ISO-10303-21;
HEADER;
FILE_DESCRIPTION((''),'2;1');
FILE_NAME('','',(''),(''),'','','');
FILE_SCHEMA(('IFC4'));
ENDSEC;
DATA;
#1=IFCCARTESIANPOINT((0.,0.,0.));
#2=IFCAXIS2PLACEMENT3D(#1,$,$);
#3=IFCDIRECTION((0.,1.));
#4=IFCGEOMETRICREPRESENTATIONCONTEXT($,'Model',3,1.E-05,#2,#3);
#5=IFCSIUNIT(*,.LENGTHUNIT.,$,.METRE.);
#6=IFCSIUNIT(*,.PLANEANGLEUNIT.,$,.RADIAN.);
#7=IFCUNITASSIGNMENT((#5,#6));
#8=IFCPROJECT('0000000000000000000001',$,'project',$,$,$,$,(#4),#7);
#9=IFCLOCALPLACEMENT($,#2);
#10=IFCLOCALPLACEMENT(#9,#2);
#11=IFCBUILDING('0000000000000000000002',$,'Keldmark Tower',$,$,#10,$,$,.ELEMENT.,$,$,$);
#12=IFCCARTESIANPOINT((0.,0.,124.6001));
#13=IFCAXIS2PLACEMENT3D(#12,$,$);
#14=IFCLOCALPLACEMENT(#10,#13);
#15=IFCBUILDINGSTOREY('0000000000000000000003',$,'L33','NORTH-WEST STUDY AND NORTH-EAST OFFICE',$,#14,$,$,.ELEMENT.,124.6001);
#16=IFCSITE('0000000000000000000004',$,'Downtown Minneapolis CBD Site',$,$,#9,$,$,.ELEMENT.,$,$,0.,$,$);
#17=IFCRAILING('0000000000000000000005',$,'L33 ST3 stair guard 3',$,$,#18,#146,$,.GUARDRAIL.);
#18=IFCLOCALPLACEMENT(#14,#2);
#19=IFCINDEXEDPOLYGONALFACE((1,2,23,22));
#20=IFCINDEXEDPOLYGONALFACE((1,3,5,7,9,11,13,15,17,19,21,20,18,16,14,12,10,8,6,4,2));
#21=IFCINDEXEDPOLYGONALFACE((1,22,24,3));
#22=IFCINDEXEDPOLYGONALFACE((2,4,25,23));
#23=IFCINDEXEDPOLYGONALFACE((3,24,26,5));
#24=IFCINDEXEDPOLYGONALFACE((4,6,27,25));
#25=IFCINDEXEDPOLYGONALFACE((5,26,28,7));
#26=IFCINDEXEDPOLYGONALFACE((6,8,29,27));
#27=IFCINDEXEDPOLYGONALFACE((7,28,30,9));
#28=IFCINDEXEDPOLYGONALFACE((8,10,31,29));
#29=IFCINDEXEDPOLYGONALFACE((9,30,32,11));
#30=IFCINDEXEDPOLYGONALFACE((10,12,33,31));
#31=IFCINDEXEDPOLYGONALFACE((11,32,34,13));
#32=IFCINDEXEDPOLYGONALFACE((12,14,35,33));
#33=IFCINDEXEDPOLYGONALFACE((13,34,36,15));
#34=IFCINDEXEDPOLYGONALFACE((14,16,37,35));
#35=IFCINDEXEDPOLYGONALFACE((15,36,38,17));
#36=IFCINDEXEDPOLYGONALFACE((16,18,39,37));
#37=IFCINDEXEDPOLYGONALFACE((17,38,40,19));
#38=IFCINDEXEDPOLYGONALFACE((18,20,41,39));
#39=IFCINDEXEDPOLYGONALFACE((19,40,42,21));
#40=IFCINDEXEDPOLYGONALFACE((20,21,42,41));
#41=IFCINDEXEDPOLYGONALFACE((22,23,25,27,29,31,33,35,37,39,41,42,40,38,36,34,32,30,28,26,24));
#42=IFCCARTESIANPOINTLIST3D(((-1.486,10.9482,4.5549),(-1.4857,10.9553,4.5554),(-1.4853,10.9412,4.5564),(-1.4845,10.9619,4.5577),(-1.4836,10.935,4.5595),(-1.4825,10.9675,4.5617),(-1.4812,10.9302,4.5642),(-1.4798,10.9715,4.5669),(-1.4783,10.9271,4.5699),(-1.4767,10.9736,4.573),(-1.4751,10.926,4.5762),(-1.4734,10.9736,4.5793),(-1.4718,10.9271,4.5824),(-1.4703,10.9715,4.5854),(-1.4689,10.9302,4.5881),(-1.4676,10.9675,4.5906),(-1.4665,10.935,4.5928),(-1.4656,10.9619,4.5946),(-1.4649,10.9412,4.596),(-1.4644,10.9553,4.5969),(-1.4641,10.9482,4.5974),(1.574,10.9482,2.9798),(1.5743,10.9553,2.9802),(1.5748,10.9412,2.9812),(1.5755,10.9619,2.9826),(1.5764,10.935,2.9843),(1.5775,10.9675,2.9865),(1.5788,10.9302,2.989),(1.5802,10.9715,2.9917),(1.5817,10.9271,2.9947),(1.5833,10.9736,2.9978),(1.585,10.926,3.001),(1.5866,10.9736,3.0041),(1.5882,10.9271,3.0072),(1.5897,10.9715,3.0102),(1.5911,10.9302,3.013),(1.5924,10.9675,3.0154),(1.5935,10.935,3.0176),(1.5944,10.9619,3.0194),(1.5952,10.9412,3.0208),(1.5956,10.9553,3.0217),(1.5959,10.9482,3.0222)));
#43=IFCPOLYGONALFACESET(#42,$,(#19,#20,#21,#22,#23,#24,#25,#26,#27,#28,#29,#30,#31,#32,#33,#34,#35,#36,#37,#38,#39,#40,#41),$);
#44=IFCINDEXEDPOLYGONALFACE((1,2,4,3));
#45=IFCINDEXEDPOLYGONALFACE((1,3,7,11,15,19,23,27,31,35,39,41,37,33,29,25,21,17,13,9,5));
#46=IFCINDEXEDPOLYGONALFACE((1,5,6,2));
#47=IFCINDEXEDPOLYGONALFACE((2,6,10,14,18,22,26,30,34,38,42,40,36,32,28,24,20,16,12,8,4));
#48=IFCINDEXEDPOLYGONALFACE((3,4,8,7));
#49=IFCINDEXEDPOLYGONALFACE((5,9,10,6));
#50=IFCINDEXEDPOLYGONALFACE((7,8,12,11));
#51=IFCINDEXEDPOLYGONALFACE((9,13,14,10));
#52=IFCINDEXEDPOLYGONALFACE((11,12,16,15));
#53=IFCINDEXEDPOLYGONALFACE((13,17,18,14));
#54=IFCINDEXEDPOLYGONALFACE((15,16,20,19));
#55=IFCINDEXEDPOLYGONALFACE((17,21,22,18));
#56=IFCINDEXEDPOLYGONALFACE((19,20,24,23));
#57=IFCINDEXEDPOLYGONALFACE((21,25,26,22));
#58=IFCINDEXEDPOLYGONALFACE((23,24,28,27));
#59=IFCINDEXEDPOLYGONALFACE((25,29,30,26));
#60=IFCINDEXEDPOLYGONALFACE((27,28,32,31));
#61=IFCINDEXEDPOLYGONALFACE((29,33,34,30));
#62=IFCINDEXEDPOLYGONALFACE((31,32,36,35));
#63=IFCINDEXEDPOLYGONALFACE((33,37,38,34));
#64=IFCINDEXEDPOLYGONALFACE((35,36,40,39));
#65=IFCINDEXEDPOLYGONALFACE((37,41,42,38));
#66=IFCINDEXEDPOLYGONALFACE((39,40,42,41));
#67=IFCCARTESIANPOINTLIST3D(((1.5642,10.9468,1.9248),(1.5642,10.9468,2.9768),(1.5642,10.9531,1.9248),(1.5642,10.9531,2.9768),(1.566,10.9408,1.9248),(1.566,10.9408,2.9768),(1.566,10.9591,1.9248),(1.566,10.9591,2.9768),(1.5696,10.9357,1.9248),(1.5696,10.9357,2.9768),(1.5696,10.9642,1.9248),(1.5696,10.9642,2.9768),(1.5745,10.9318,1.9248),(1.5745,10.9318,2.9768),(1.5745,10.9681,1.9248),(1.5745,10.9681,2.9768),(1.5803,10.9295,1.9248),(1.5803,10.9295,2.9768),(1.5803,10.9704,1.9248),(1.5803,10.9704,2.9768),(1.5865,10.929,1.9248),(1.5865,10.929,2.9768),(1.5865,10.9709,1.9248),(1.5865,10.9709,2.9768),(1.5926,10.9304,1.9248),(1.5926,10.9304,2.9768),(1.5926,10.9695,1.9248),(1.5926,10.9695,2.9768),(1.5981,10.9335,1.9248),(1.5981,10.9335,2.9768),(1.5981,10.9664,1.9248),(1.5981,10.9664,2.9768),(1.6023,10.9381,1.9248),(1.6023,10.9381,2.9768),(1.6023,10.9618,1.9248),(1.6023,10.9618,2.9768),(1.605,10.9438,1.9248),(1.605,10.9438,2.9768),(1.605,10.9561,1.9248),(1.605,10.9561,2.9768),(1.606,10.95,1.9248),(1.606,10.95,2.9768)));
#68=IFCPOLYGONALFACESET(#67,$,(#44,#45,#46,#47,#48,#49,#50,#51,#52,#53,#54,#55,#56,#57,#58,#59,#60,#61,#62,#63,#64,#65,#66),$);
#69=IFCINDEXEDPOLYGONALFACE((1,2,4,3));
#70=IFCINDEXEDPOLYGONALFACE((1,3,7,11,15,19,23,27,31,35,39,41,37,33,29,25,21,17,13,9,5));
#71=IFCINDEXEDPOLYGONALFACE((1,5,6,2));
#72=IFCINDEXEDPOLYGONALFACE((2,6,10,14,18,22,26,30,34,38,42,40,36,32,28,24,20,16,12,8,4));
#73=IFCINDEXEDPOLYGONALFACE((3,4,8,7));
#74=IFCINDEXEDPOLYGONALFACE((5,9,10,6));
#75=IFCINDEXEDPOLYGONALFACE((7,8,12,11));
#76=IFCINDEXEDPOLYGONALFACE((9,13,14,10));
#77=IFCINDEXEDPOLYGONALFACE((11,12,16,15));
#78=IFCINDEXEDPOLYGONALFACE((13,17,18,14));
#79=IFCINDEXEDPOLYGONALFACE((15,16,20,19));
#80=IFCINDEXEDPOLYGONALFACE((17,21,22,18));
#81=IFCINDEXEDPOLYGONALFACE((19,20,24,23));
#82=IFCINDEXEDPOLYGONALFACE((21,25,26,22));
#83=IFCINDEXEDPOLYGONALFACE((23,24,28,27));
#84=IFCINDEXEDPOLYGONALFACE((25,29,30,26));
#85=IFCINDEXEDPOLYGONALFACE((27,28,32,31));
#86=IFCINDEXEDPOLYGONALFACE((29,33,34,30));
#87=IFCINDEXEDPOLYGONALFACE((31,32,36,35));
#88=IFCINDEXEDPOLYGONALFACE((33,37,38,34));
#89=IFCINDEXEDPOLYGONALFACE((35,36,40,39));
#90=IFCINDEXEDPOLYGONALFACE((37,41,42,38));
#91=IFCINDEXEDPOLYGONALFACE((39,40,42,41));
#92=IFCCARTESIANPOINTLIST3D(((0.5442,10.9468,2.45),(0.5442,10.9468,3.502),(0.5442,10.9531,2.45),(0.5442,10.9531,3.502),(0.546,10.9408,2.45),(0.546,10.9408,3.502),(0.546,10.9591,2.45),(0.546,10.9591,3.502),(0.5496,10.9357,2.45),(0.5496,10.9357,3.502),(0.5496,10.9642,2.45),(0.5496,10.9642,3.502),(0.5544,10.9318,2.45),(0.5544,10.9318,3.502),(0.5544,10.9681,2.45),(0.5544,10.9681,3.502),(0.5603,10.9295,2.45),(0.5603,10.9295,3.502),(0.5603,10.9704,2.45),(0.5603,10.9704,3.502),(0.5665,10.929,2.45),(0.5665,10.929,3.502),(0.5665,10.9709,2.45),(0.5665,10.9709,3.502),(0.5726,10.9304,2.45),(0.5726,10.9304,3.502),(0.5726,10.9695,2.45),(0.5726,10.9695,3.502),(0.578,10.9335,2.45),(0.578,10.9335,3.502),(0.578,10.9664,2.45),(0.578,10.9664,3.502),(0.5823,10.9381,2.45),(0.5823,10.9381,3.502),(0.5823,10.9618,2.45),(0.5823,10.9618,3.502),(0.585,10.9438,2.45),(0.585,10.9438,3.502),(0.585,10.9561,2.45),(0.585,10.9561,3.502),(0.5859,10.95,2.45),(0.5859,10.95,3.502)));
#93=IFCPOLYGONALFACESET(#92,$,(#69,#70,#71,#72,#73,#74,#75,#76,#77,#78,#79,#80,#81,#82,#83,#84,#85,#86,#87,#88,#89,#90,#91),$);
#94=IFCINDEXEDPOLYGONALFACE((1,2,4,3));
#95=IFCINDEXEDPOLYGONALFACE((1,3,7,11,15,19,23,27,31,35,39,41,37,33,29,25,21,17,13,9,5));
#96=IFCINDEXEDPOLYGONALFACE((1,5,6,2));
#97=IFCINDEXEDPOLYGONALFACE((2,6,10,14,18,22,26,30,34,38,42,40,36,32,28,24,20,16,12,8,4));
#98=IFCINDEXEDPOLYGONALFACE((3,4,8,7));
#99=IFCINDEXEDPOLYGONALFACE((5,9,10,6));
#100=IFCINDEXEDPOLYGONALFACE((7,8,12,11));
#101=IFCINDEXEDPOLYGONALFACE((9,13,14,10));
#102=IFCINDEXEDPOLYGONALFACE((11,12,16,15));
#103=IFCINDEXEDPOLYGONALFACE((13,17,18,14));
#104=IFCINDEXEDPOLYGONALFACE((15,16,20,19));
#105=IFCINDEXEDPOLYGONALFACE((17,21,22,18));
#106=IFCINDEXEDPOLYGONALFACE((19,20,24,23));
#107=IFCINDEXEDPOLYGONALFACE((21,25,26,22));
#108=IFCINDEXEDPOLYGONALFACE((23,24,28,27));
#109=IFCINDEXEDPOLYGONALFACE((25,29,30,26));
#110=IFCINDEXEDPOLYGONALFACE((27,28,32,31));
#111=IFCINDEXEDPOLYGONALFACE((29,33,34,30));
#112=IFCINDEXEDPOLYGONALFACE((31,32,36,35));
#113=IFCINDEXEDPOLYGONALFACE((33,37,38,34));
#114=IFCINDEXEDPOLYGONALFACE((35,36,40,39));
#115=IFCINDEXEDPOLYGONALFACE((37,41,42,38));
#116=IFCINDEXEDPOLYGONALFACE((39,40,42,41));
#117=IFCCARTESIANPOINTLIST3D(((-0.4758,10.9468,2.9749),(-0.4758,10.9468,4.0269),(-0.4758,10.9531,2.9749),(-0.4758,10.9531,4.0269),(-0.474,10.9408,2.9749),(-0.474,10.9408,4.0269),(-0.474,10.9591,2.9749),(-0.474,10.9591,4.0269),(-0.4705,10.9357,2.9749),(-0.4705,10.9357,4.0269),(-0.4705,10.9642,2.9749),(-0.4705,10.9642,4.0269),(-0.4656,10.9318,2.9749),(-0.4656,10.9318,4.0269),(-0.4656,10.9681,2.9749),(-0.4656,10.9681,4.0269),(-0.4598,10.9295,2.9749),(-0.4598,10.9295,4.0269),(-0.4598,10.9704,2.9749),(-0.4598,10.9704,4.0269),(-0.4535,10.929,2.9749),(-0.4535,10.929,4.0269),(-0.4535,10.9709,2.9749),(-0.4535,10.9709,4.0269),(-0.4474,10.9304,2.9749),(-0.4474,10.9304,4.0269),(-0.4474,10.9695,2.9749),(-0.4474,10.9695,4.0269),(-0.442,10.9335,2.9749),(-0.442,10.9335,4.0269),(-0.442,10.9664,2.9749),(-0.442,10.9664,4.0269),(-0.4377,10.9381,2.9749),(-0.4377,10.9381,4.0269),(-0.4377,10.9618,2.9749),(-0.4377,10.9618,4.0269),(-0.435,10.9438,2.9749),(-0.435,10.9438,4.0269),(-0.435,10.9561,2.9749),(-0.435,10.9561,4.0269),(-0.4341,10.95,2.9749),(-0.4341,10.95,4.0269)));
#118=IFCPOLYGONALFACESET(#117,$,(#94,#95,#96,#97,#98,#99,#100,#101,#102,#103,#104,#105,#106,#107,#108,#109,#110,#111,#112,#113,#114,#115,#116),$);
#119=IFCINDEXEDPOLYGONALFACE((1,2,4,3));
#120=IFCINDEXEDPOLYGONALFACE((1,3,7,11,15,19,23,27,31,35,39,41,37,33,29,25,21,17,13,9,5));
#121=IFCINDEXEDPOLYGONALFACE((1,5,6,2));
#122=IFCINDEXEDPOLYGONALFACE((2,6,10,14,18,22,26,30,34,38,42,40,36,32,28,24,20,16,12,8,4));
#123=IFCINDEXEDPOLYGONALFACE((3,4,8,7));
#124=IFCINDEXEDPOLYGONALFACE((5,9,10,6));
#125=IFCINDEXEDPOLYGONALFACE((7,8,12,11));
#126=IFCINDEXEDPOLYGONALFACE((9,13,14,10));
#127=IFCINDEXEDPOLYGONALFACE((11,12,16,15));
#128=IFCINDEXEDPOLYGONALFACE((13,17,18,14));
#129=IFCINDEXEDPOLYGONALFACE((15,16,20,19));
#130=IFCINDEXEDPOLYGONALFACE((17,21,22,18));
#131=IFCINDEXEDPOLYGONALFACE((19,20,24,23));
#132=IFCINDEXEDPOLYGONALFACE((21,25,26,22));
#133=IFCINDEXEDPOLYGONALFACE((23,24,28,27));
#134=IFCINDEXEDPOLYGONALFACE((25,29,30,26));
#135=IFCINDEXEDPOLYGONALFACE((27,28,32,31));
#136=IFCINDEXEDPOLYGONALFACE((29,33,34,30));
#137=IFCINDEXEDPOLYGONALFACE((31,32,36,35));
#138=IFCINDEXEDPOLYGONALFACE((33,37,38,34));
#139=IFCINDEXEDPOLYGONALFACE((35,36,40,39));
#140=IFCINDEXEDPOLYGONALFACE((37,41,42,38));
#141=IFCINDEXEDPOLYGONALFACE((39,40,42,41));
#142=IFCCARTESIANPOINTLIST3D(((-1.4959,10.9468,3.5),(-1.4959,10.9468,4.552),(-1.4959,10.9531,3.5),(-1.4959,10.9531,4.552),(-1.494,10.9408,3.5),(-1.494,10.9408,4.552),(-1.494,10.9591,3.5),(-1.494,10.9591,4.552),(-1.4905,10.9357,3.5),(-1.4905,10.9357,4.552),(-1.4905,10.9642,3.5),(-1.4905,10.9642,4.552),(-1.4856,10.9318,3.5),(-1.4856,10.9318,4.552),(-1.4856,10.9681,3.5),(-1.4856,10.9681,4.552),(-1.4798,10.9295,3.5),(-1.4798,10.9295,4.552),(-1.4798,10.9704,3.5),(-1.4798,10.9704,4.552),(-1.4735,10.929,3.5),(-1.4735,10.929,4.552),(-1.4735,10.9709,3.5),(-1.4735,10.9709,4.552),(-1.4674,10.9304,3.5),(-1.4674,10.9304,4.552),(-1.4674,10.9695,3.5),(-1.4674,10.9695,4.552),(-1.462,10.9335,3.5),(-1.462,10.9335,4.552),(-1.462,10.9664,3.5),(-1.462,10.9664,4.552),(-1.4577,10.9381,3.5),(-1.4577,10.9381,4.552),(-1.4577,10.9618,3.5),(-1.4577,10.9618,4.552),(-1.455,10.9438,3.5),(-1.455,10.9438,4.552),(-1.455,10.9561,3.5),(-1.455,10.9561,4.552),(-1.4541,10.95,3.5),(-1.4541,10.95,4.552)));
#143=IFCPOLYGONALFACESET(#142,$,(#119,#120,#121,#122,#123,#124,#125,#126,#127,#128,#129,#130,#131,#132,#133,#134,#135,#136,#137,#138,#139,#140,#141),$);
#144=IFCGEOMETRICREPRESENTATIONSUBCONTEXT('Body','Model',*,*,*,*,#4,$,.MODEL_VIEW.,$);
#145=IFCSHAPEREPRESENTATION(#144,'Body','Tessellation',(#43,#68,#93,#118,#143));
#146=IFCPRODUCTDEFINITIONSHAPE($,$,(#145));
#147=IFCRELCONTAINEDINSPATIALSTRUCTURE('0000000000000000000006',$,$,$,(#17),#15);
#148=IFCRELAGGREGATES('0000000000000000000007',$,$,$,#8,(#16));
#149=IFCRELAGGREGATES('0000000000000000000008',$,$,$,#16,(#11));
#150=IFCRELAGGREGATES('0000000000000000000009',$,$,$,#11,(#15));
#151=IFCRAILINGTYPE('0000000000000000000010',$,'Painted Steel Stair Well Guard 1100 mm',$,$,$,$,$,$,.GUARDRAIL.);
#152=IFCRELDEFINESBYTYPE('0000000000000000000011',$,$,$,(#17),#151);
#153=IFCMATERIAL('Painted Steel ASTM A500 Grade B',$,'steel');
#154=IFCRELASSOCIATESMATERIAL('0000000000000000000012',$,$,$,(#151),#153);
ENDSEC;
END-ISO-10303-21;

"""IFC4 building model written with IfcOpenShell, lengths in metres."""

from ifc_helpers import new_model, si_unit, direction, frame, origin, origin_2d, place, context, subcontext, project, spatial, circle, extrude, material, type_object, element, save


model = new_model("IFC4")

# Units and contexts
model_context = context("Model", 3, precision=1e-05, world=origin(), true_north=direction((0.0, 1.0)))
body_context = subcontext(model_context, "Body", "Model", "MODEL_VIEW")
ifc_project = project(units=[si_unit("LENGTHUNIT", "METRE"), si_unit("PLANEANGLEUNIT", "RADIAN")], contexts=[model_context])

# Site, building, storey
site_placement = place(None, origin())
site = spatial("IfcSite", under=ifc_project, at=site_placement, Name="Downtown Minneapolis CBD Site", CompositionType="ELEMENT", RefElevation=0.0)
building_placement = place(site_placement, origin())
building = spatial("IfcBuilding", under=site, at=building_placement, Name="Keldmark Tower", CompositionType="ELEMENT")
storey_placement = place(building_placement, frame((0.0, 0.0, 124.6001)))
storey = spatial("IfcBuildingStorey", under=building, at=storey_placement, Name="L33", Description="NORTH-WEST STUDY AND NORTH-EAST OFFICE", CompositionType="ELEMENT", Elevation=124.6001)

# Railing
ifc_material_1 = material(Name="Painted Steel ASTM A500 Grade B", Category="steel")
railing_type_1 = type_object("IfcRailingType", Name="Painted Steel Stair Well Guard 1100 mm", PredefinedType="GUARDRAIL", material=ifc_material_1)
railing_1_placement = place(storey_placement, frame((1.585, 10.95, 1.9248)))
element("IfcRailing", 1, at=railing_1_placement, inside=storey, type_object=railing_type_1, Name="L33 ST3 stair guard 3", PredefinedType="GUARDRAIL", context=body_context, shape_type="SweptSolid", body=[
    extrude(circle(Radius=0.0239, at=origin_2d()), frame((0.0, 0.0, 1.0762), z_axis=(-0.889116, 0.0, 0.457681), x_axis=(0.0, -1.0, 0.0)), (0.0, 0.0, 1.0), 3.4417),
    extrude(circle(Radius=0.021, at=origin_2d()), origin(), (0.0, 0.0, 1.0), 1.052),
    extrude(circle(Radius=0.021, at=origin_2d()), frame((-1.02, 0.0, 0.5251)), (0.0, 0.0, 1.0), 1.052),
    extrude(circle(Radius=0.021, at=origin_2d()), frame((-2.04, 0.0, 1.05)), (0.0, 0.0, 1.0), 1.052),
    extrude(circle(Radius=0.021, at=origin_2d()), frame((-3.0601, 0.0, 1.5752)), (0.0, 0.0, 1.0), 1.052),
])

save(model, "model.ifc")
